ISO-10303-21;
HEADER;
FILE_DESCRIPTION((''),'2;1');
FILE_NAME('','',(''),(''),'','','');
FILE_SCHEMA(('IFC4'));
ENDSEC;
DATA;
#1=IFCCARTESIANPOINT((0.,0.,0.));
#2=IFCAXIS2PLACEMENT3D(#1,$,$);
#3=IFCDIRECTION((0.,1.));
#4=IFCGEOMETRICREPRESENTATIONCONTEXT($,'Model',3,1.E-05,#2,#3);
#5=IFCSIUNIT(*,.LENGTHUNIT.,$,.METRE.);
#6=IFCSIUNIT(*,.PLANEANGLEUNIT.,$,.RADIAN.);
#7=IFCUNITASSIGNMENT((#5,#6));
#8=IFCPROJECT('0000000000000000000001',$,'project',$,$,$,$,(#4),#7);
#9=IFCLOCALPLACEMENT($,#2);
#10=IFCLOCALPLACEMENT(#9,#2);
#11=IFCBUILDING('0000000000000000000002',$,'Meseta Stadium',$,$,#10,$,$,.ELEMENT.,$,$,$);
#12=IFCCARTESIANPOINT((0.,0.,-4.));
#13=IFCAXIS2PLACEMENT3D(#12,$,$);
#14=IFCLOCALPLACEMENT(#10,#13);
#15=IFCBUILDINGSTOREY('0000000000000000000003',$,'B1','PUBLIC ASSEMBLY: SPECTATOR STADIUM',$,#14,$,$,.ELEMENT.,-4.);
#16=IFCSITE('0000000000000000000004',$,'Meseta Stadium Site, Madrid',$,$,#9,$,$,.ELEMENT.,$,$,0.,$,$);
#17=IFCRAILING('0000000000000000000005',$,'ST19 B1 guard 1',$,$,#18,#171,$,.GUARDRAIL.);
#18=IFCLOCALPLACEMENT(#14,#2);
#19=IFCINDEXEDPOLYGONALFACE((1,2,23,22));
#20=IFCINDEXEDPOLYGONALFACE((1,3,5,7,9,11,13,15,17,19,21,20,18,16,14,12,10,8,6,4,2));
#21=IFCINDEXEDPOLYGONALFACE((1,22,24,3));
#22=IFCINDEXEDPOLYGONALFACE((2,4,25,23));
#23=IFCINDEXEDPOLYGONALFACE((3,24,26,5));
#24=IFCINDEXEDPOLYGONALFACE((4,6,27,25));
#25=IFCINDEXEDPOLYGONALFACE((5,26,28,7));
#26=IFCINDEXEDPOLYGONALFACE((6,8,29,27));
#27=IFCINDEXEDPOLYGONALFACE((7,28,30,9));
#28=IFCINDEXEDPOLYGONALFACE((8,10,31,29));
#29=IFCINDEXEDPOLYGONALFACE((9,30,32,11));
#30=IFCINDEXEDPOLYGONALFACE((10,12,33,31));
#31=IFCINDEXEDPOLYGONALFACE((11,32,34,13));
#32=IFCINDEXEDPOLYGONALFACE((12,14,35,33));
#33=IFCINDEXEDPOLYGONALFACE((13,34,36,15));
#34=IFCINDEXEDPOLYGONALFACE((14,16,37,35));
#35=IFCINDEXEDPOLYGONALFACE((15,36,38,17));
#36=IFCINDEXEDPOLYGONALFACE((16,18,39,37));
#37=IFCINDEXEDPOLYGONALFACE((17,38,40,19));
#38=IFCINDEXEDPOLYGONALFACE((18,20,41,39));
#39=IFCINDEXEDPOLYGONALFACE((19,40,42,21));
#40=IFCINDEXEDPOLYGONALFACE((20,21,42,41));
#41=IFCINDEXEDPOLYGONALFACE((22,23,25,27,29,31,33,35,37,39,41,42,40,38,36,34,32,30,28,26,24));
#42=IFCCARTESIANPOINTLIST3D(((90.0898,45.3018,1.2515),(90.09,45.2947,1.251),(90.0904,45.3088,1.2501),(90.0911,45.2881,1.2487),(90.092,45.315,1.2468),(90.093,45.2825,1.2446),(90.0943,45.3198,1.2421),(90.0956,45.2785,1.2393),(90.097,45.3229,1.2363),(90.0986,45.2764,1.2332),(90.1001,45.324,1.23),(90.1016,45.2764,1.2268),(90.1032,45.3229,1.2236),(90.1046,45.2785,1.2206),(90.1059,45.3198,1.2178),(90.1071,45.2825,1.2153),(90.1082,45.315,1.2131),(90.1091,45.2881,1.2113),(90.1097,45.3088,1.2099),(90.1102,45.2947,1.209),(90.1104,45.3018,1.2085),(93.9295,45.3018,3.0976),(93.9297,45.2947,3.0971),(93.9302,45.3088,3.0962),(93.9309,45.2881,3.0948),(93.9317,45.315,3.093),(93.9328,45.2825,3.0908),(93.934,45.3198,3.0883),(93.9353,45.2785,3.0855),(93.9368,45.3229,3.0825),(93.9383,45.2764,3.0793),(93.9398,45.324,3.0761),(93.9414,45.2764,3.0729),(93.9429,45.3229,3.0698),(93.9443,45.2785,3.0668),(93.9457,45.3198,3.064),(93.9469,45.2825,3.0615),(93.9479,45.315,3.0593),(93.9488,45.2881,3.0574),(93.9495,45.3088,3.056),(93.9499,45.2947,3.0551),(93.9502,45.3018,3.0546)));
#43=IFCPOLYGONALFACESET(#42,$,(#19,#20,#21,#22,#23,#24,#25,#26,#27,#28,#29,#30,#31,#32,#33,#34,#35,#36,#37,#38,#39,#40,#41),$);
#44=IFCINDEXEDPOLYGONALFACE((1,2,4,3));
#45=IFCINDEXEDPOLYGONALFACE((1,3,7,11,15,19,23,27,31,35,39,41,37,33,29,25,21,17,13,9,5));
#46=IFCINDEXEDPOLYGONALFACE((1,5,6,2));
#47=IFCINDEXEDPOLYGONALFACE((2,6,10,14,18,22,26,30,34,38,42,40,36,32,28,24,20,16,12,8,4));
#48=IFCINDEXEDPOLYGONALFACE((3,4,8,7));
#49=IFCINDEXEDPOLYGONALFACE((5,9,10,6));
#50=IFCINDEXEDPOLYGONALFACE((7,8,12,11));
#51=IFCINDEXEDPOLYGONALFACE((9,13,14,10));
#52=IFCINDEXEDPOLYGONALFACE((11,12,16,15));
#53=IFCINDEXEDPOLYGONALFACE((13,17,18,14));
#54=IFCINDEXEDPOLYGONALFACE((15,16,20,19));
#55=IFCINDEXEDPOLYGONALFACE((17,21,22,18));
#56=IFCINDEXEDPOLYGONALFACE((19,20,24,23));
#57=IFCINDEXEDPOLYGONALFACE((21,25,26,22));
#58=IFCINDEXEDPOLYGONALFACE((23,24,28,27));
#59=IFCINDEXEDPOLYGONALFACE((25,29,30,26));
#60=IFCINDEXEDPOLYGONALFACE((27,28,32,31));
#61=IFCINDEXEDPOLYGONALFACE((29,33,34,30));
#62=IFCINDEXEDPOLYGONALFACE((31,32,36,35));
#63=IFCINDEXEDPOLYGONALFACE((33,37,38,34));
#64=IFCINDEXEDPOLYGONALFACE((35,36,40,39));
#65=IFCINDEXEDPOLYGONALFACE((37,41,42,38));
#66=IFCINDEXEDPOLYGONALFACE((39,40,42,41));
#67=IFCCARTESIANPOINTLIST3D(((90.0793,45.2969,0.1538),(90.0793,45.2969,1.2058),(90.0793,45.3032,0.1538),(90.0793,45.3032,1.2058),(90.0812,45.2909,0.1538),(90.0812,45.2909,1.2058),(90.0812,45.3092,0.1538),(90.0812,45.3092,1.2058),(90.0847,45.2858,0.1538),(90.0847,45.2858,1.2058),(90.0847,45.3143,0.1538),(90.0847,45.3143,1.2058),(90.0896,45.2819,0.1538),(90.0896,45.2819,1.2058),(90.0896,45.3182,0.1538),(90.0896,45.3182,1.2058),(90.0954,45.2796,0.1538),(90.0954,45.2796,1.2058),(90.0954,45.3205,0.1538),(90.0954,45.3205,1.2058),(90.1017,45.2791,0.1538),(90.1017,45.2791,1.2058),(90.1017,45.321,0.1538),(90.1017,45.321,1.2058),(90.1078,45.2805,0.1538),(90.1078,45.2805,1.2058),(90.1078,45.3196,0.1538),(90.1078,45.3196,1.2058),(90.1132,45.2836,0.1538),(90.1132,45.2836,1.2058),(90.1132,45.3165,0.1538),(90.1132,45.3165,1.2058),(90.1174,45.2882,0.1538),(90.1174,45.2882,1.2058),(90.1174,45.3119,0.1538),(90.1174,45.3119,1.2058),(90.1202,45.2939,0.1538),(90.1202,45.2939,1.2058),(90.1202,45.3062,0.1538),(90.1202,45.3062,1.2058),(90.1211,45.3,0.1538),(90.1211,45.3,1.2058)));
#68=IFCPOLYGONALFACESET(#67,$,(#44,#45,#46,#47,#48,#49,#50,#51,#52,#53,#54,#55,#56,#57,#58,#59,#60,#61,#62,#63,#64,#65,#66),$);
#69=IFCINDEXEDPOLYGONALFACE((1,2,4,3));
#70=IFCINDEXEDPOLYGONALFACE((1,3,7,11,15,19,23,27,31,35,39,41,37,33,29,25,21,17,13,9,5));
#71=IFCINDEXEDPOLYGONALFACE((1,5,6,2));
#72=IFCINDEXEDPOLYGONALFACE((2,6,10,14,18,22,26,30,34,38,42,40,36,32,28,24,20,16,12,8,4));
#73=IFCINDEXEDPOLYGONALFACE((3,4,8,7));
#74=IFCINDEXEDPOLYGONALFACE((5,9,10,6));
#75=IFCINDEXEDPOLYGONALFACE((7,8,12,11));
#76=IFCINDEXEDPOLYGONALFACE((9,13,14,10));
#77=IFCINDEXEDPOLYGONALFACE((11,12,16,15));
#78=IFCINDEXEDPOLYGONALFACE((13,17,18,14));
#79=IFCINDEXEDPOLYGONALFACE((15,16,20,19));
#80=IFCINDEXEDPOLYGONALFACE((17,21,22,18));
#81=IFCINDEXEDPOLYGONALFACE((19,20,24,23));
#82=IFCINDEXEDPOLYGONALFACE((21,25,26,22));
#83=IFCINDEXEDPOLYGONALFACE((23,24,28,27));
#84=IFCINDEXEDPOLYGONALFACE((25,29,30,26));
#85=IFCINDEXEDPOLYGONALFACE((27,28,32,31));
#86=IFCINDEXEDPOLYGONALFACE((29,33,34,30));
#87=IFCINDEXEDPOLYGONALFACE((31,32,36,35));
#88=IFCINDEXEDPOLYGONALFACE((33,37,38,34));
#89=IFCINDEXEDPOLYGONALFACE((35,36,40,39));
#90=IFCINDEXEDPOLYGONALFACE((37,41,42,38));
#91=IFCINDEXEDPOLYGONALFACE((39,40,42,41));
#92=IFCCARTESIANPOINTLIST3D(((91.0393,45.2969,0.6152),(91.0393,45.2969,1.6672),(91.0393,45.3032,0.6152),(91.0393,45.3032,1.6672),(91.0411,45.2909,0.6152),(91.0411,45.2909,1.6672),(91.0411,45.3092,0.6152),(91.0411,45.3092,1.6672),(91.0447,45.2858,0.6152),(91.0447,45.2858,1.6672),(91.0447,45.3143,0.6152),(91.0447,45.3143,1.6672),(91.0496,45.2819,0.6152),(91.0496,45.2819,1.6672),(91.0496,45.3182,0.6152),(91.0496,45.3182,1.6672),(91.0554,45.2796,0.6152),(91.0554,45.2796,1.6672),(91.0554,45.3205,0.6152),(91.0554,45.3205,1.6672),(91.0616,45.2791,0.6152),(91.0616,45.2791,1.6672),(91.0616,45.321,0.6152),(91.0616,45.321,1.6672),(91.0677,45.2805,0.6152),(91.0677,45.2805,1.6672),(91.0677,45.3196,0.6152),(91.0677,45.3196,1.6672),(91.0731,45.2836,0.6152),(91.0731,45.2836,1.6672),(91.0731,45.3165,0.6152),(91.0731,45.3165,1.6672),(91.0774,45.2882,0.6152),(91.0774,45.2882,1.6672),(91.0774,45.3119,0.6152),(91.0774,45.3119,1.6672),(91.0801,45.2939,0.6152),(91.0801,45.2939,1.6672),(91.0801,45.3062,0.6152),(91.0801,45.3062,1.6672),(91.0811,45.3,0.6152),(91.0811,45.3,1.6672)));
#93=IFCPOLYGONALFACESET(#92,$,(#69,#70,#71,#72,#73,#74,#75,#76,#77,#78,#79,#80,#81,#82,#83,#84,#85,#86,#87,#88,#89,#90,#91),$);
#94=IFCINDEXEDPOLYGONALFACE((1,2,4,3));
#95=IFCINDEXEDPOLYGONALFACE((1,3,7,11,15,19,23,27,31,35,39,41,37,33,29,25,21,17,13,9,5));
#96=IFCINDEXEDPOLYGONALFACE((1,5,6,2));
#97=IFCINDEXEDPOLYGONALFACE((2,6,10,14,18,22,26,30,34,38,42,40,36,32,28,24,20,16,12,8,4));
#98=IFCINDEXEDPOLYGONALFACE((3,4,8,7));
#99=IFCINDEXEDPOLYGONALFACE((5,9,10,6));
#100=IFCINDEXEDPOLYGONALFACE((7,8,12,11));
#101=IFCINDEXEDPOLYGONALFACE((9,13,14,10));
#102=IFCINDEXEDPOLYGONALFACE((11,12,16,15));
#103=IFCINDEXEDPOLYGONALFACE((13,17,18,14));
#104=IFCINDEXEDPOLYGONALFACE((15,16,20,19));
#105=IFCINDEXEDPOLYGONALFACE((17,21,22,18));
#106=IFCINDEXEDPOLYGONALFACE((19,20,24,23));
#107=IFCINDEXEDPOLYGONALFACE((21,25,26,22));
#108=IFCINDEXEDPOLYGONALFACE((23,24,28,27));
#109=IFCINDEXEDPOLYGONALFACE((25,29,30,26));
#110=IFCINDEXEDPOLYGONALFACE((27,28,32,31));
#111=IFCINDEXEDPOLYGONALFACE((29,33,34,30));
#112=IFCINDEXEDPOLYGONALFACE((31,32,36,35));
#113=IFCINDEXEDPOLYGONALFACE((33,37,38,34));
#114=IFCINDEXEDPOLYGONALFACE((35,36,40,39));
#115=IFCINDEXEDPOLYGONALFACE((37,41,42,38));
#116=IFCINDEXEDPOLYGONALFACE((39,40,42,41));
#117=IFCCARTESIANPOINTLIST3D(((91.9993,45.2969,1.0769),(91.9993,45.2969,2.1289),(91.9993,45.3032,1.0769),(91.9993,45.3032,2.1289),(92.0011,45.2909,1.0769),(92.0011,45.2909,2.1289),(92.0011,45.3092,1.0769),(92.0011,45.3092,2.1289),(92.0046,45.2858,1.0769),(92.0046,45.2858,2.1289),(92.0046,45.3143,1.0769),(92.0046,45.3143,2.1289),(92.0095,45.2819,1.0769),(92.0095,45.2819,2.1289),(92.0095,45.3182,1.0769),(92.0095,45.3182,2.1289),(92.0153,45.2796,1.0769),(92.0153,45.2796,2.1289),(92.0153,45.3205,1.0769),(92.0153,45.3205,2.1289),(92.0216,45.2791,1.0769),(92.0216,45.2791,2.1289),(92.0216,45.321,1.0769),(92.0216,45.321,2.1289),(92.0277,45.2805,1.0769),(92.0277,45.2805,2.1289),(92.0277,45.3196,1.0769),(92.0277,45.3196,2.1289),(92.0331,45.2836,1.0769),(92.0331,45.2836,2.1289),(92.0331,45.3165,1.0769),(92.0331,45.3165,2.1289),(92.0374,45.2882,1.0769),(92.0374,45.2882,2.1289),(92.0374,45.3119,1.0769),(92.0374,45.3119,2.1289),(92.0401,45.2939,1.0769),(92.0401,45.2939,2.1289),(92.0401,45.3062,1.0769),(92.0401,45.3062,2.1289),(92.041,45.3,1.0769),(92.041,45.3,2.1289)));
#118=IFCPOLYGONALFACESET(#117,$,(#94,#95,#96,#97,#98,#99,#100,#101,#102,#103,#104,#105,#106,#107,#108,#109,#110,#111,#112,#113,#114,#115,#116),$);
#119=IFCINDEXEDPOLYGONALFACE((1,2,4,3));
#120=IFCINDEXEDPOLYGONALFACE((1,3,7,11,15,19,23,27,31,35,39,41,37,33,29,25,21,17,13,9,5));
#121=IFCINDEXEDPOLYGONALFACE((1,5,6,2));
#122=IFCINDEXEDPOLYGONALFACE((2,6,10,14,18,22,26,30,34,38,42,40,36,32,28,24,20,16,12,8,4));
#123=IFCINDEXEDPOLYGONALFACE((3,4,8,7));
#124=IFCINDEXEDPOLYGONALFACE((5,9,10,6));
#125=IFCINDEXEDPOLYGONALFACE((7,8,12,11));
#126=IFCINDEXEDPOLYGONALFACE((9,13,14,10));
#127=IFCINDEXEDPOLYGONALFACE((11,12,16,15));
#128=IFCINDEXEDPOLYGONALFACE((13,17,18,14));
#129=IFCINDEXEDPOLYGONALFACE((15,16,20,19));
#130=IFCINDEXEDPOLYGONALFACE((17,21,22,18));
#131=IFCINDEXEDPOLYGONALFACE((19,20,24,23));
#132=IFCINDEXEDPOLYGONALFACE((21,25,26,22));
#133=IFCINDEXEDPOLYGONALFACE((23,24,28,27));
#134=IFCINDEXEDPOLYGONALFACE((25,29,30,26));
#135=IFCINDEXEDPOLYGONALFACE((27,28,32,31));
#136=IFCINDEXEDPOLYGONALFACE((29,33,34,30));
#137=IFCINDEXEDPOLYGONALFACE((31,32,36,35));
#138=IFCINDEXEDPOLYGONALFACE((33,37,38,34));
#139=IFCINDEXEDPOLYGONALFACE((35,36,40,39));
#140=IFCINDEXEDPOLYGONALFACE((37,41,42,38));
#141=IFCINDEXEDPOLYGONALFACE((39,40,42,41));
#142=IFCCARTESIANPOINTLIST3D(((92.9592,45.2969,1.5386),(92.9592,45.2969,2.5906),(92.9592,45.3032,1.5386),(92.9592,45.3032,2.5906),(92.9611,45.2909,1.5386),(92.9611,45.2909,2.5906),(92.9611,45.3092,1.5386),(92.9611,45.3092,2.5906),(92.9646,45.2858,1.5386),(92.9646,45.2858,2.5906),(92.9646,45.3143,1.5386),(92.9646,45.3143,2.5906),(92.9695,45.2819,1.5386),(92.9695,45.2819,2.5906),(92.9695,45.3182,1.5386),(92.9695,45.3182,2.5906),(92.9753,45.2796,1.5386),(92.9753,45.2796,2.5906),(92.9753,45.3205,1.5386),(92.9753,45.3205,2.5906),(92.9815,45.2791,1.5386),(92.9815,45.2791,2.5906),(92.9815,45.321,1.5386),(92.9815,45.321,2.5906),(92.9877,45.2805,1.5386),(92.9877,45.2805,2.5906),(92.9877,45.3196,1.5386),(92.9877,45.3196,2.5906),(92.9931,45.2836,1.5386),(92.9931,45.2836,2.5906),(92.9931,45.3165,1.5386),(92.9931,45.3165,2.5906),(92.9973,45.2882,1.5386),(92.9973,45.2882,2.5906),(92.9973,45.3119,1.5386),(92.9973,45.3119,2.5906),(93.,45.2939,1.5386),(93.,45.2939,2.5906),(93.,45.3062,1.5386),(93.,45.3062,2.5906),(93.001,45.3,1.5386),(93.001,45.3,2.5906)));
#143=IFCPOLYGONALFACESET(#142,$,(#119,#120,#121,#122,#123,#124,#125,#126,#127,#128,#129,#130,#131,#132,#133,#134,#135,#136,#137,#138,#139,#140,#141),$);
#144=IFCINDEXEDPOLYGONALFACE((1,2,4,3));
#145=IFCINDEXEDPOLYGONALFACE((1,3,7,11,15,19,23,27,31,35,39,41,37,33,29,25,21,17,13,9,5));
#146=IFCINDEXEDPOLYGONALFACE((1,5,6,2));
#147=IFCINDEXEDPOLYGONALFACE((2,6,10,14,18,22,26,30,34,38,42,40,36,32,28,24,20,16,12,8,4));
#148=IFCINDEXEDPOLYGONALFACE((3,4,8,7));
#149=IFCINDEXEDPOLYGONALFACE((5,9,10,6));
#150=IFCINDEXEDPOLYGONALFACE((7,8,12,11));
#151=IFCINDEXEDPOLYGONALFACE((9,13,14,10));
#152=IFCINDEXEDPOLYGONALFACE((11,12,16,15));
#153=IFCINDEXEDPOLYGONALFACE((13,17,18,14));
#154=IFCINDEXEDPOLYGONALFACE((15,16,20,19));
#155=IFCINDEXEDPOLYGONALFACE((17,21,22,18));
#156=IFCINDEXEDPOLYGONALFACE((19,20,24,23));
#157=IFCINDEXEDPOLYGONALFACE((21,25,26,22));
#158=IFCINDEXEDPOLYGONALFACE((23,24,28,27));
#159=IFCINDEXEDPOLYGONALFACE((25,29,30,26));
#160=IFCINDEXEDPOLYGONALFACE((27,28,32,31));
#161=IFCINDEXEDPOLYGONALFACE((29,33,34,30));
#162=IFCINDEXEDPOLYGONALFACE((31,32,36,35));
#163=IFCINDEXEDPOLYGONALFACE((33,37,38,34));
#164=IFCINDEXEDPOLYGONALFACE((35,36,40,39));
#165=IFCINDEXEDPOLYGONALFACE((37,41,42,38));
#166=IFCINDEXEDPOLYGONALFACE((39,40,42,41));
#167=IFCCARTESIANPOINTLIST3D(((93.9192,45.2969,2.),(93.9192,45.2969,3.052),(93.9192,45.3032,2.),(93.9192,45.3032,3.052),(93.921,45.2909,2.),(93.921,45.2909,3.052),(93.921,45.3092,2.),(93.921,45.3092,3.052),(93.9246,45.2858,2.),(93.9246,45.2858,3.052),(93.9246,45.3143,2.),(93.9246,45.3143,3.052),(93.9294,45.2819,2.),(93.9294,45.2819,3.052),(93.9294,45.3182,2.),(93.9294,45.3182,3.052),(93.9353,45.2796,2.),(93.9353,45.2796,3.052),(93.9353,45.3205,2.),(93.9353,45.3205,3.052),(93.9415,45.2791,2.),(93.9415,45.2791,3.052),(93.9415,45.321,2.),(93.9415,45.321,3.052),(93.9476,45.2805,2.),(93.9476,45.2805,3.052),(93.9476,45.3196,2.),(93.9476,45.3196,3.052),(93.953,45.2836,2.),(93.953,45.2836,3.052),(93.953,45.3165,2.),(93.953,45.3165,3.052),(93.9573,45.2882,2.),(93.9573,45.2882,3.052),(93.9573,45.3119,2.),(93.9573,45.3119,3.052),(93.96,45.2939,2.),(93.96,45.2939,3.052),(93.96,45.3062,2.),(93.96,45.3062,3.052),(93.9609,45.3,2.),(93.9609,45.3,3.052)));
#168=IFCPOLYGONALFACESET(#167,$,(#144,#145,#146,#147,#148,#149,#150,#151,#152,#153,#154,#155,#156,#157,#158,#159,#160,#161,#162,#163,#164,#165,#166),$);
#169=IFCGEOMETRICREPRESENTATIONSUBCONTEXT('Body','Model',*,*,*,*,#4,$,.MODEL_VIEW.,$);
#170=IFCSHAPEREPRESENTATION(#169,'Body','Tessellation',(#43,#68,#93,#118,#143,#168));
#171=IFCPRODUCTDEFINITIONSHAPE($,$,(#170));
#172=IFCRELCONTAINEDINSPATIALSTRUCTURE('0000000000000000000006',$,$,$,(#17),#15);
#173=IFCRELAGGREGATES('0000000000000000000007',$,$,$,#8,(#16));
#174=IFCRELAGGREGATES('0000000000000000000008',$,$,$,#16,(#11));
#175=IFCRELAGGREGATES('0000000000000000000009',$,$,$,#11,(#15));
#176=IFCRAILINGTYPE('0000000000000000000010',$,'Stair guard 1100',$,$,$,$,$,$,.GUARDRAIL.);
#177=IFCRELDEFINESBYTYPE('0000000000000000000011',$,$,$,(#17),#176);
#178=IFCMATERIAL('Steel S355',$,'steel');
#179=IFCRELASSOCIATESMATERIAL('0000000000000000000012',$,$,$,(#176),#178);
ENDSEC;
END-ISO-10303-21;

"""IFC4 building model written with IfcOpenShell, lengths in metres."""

from ifc_helpers import new_model, si_unit, direction, frame, origin, origin_2d, place, context, subcontext, project, spatial, circle, extrude, material, type_object, element, save


model = new_model("IFC4")

# Units and contexts
model_context = context("Model", 3, precision=1e-05, world=origin(), true_north=direction((0.0, 1.0)))
body_context = subcontext(model_context, "Body", "Model", "MODEL_VIEW")
ifc_project = project(units=[si_unit("LENGTHUNIT", "METRE"), si_unit("PLANEANGLEUNIT", "RADIAN")], contexts=[model_context])

# Site, building, storey
site_placement = place(None, origin())
site = spatial("IfcSite", under=ifc_project, at=site_placement, Name="Meseta Stadium Site, Madrid", CompositionType="ELEMENT", RefElevation=0.0)
building_placement = place(site_placement, origin())
building = spatial("IfcBuilding", under=site, at=building_placement, Name="Meseta Stadium", CompositionType="ELEMENT")
storey_placement = place(building_placement, frame((0.0, 0.0, -4.0)))
storey = spatial("IfcBuildingStorey", under=building, at=storey_placement, Name="B1", Description="PUBLIC ASSEMBLY: SPECTATOR STADIUM", CompositionType="ELEMENT", Elevation=-4.0)

# Railing
ifc_material_1 = material(Name="Steel S355", Category="steel")
railing_type_1 = type_object("IfcRailingType", Name="Stair guard 1100", PredefinedType="GUARDRAIL", material=ifc_material_1)
railing_1_placement = place(storey_placement, frame((90.1001, 45.3, 0.1538)))
element("IfcRailing", 1, at=railing_1_placement, inside=storey, type_object=railing_type_1, Name="ST19 B1 guard 1", PredefinedType="GUARDRAIL", context=body_context, shape_type="SweptSolid", body=[
    extrude(circle(Radius=0.0239, at=origin_2d()), frame((0.0, 0.0, 1.0762), z_axis=(0.901242, 0.0, 0.433316), x_axis=(0.0, 1.0, 0.0)), (0.0, 0.0, 1.0), 4.2605),
    extrude(circle(Radius=0.021, at=origin_2d()), origin(), (0.0, 0.0, 1.0), 1.052),
    extrude(circle(Radius=0.021, at=origin_2d()), frame((0.96, 0.0, 0.4614)), (0.0, 0.0, 1.0), 1.052),
    extrude(circle(Radius=0.021, at=origin_2d()), frame((1.9199, 0.0, 0.9231)), (0.0, 0.0, 1.0), 1.052),
    extrude(circle(Radius=0.021, at=origin_2d()), frame((2.8799, 0.0, 1.3848)), (0.0, 0.0, 1.0), 1.052),
    extrude(circle(Radius=0.021, at=origin_2d()), frame((3.8398, 0.0, 1.8462)), (0.0, 0.0, 1.0), 1.052),
])

save(model, "model.ifc")
